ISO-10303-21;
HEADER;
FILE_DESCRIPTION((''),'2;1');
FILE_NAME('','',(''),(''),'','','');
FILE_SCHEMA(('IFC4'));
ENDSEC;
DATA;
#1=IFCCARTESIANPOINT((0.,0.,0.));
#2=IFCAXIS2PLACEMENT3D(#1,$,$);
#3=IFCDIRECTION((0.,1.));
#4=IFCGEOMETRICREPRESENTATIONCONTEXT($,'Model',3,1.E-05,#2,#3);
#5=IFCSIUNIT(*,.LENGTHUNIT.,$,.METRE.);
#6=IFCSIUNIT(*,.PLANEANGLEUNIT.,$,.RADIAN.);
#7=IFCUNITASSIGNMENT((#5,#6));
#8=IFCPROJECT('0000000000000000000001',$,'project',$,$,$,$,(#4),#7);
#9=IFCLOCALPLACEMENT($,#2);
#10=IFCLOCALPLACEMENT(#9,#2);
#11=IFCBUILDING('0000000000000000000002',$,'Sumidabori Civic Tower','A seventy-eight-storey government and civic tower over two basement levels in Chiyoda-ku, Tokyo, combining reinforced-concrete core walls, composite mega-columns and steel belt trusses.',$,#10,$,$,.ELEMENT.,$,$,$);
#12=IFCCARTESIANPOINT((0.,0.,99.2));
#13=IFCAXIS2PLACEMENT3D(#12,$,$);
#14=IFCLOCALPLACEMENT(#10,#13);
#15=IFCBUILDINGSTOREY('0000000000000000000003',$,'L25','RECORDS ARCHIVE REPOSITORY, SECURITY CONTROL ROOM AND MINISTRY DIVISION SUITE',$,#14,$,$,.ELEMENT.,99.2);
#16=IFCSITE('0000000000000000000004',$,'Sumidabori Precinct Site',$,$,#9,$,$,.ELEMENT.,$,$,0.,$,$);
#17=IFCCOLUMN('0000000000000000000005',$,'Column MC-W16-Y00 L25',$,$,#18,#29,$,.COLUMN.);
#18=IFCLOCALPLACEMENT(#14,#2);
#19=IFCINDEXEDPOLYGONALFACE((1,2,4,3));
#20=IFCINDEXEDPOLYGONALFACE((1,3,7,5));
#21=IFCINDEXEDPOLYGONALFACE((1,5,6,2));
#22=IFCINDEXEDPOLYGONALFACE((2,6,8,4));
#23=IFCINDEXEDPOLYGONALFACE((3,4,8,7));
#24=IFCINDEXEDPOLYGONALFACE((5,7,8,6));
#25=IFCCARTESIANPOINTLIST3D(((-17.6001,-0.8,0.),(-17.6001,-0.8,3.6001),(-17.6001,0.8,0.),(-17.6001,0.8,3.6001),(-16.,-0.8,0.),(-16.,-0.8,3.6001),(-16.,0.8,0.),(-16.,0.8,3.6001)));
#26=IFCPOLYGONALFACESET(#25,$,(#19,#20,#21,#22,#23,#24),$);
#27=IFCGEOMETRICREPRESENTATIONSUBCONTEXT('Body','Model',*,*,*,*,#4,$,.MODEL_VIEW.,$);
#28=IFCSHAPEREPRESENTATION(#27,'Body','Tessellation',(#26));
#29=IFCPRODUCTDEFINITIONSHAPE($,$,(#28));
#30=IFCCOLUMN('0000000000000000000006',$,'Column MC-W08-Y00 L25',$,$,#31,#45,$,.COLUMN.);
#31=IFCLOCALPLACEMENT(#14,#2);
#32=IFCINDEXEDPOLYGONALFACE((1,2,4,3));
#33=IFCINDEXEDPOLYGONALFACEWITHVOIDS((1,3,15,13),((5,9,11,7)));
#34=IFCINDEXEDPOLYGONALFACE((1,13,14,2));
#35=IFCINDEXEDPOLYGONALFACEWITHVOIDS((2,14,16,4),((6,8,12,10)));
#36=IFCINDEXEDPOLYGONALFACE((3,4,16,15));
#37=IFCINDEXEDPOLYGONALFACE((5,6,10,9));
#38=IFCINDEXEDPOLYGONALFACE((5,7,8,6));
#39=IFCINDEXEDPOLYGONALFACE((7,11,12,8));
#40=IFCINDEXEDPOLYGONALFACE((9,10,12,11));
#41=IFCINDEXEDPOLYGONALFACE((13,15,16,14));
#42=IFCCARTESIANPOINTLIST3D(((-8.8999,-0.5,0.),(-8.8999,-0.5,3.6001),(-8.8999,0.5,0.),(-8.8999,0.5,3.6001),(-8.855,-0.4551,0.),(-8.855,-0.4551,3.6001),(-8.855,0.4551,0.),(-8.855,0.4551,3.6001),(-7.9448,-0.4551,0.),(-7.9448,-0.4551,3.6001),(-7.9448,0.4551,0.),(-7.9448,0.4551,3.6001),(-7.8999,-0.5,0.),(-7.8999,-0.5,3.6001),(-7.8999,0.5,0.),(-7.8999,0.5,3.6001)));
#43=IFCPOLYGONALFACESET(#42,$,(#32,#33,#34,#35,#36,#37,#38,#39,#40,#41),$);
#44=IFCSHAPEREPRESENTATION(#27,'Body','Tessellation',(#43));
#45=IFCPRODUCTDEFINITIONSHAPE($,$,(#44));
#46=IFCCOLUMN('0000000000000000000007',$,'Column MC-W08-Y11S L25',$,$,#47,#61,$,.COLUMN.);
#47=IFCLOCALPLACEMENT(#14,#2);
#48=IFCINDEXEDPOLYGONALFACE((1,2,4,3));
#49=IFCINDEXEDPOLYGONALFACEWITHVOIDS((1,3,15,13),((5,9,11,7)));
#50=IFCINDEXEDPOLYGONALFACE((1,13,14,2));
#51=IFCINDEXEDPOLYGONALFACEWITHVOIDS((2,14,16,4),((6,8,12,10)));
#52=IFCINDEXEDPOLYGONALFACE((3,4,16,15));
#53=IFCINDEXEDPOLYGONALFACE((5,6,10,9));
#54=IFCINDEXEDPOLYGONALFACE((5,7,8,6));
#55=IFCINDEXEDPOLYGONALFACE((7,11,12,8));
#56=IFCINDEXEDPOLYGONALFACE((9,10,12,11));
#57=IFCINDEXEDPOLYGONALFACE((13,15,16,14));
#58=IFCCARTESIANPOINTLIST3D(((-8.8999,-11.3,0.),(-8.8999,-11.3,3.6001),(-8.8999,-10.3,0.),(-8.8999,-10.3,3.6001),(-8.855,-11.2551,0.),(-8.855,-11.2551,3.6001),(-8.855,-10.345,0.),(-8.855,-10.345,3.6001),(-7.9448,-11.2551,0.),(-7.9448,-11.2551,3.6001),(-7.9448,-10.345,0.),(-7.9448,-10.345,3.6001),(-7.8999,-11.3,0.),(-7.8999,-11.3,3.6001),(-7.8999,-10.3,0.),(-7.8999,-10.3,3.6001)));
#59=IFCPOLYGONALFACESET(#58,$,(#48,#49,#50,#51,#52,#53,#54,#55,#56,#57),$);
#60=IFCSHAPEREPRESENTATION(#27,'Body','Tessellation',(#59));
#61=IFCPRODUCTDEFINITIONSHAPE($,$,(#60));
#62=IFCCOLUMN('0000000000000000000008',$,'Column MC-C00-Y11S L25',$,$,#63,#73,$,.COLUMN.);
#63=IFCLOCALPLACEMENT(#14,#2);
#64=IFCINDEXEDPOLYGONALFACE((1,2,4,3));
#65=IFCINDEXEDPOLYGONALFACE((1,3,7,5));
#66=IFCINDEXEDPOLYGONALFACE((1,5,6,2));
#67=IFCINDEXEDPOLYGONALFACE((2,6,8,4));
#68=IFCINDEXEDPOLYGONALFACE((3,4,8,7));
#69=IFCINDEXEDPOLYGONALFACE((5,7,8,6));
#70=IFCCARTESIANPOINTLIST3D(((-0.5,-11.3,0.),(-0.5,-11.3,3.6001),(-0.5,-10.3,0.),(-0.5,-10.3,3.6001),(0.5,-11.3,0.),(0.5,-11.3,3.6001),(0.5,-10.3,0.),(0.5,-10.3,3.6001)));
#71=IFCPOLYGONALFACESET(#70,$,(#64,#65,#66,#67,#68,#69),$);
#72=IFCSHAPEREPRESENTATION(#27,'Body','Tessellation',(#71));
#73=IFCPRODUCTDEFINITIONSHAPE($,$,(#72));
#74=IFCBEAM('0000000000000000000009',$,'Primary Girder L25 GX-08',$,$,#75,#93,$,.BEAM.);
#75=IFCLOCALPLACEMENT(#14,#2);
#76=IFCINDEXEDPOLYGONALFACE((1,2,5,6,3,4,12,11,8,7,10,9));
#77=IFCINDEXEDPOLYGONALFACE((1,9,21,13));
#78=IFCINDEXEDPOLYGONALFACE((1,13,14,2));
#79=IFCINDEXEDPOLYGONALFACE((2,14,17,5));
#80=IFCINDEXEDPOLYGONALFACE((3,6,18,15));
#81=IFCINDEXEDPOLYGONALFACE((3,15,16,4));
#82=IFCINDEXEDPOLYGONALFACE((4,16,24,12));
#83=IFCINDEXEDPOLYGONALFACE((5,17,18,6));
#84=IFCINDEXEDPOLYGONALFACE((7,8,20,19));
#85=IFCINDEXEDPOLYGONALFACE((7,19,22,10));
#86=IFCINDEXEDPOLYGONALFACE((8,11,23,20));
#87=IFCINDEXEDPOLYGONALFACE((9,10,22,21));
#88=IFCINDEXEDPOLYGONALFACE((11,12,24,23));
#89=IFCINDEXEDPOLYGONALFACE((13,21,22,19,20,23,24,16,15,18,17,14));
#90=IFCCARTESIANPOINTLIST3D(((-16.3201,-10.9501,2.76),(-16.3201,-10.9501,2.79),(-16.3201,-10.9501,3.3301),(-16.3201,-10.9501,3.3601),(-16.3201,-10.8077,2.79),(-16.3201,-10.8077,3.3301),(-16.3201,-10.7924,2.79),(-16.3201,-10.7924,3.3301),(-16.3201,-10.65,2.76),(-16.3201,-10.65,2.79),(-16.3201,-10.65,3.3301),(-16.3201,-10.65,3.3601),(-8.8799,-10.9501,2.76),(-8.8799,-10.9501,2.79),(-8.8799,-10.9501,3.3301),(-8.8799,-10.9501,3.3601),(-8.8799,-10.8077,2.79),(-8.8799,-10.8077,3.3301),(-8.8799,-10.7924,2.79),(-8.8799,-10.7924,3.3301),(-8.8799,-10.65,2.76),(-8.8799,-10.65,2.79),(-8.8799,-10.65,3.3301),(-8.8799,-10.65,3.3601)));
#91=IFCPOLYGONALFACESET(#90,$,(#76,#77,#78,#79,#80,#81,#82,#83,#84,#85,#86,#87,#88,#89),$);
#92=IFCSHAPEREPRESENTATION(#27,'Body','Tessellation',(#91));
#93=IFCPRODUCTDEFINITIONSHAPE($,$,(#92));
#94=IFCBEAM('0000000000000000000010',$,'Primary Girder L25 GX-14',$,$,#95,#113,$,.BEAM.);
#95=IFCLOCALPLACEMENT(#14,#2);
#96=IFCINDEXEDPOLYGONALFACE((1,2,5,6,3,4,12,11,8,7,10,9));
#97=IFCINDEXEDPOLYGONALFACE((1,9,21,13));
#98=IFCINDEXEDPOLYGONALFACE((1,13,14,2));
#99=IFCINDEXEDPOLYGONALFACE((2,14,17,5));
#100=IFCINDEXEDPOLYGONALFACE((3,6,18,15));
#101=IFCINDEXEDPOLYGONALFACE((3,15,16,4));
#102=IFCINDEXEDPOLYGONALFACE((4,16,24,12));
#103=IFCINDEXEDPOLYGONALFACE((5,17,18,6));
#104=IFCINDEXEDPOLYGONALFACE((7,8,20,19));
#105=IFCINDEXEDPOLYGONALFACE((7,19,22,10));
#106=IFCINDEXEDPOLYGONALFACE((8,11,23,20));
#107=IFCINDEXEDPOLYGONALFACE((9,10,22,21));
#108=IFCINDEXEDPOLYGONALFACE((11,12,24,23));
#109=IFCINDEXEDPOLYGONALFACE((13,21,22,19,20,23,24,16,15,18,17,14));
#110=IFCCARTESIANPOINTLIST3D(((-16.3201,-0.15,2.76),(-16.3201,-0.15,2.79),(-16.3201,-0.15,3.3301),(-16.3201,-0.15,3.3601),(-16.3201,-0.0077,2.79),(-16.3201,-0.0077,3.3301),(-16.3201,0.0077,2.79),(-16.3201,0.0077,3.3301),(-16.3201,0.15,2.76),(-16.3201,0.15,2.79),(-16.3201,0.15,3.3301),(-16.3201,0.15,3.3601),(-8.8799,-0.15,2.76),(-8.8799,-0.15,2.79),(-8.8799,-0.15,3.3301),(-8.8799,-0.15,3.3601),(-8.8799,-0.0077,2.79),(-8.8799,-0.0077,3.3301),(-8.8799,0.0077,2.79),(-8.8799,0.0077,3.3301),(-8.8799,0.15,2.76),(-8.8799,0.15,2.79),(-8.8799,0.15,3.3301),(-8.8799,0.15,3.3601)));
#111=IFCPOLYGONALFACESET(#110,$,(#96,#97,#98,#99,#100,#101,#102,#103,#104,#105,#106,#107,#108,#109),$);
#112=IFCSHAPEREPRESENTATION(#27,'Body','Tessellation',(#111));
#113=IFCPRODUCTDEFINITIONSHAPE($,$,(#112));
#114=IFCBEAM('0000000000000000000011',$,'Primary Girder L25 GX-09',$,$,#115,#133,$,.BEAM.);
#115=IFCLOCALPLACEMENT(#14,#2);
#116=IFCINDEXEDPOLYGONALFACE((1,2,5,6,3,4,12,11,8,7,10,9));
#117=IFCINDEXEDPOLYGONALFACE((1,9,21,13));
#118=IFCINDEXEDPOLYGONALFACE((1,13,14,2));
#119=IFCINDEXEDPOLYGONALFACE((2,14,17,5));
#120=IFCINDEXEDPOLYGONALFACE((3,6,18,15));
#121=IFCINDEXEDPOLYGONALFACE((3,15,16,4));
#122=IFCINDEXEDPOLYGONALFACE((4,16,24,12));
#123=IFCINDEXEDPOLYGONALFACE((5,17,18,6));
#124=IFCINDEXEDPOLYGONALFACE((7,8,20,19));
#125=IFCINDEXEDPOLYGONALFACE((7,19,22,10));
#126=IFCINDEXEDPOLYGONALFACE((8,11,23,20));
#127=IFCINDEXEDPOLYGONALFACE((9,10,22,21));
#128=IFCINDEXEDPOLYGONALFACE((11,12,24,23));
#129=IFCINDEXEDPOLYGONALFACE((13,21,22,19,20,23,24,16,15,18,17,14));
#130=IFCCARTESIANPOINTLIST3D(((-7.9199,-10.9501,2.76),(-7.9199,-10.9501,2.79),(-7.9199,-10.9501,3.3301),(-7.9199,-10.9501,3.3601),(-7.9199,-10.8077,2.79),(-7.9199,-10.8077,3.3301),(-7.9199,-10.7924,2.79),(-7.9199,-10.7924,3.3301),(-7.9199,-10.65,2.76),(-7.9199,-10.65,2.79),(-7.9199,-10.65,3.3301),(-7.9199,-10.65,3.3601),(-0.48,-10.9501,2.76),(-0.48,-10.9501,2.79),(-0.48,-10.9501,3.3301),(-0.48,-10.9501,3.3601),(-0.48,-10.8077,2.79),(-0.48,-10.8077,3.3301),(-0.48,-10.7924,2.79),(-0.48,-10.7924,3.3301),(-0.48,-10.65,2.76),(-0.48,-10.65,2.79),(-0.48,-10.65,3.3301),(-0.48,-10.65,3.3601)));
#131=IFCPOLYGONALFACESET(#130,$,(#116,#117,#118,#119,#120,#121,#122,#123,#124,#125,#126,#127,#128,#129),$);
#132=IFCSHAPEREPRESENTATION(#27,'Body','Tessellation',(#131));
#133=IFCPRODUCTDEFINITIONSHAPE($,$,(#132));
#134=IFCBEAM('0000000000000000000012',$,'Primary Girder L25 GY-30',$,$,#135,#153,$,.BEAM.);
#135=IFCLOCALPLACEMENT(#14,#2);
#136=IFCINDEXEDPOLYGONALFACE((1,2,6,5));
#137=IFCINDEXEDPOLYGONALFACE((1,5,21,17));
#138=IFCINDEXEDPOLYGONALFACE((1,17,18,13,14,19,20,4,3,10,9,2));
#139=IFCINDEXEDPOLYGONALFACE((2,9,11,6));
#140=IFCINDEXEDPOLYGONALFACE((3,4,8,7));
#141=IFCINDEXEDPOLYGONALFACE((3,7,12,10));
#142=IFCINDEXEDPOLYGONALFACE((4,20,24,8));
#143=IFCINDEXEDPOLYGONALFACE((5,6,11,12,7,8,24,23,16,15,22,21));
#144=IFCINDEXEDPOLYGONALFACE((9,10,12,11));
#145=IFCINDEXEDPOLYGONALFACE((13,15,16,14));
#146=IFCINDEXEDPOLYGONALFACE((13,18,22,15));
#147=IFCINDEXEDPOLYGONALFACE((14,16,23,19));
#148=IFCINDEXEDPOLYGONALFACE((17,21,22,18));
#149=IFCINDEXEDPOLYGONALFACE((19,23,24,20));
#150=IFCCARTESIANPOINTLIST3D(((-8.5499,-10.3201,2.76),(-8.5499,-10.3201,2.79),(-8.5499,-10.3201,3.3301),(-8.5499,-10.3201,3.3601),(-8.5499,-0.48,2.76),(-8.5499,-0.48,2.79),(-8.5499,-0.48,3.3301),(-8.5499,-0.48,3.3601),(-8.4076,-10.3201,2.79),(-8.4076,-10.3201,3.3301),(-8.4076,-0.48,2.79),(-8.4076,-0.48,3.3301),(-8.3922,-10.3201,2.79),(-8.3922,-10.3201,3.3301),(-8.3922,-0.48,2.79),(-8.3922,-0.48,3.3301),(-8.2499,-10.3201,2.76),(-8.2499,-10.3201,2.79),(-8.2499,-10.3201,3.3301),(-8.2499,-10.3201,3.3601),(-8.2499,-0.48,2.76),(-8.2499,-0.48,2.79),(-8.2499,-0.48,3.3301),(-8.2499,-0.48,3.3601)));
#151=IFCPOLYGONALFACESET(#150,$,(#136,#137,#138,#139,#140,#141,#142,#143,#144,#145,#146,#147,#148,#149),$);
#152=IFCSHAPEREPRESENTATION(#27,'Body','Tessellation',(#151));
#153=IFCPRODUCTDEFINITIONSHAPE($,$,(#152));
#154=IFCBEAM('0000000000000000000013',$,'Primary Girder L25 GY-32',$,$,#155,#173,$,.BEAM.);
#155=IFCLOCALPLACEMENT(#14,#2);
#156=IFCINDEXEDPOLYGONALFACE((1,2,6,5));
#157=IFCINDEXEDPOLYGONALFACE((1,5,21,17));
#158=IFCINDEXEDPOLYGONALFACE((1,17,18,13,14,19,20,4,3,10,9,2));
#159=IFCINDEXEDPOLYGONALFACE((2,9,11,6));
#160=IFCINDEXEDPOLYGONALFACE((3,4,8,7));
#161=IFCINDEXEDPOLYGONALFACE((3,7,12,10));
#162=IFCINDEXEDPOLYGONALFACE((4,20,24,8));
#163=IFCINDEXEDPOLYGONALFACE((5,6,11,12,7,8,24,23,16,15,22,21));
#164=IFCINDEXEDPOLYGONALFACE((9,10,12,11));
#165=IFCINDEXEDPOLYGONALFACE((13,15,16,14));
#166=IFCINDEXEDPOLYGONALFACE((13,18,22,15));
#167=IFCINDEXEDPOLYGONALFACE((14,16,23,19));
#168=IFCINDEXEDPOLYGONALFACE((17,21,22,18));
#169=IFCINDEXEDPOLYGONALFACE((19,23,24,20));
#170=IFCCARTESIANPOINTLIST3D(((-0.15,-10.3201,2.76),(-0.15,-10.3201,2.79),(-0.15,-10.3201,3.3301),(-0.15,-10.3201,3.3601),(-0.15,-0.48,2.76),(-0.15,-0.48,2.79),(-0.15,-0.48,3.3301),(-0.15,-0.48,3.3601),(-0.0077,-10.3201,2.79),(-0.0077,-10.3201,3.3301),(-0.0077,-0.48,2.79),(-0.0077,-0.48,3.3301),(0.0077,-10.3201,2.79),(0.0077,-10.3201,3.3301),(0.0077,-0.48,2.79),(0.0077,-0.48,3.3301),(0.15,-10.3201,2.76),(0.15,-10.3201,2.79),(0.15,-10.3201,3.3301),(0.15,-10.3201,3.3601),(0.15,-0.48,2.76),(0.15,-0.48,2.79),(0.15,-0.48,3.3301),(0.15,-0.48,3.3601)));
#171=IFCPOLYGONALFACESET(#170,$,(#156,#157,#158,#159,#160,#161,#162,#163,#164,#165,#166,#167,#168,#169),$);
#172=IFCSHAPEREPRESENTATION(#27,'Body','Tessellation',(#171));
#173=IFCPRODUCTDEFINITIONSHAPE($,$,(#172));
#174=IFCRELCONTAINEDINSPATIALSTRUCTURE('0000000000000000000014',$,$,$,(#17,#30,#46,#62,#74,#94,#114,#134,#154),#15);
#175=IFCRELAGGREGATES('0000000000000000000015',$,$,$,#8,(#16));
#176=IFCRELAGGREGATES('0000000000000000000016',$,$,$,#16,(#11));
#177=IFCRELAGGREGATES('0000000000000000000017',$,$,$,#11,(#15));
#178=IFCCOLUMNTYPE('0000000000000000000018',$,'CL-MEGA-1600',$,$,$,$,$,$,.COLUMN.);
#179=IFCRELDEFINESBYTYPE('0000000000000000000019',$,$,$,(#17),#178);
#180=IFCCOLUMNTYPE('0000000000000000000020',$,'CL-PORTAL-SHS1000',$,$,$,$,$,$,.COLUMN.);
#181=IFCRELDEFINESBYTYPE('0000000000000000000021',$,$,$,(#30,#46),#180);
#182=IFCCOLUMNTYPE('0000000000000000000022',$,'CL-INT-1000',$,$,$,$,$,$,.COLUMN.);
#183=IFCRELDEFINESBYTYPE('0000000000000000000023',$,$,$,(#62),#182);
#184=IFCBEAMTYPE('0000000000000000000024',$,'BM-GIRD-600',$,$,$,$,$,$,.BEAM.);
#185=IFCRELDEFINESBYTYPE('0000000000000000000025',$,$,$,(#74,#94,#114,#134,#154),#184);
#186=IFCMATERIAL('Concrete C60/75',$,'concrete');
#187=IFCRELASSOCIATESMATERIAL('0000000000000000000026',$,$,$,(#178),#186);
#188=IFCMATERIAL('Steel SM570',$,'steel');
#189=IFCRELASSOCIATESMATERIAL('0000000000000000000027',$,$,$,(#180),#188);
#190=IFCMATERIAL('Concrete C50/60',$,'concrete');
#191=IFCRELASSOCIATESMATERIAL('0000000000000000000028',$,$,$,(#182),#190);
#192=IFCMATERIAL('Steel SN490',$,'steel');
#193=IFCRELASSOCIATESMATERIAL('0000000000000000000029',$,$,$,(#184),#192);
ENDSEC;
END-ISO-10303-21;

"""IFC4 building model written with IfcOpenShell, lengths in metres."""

from ifc_helpers import new_model, si_unit, direction, frame, origin, origin_2d, place, context, subcontext, project, spatial, rectangle, hollow_rectangle, i_section, extrude, source, transform, mapped, material, material_profile, profile_set, type_object, element, save


model = new_model("IFC4")

# Units and contexts
model_context = context("Model", 3, precision=1e-05, world=origin(), true_north=direction((0.0, 1.0)))
body_context = subcontext(model_context, "Body", "Model", "MODEL_VIEW")
ifc_project = project(units=[si_unit("LENGTHUNIT", "METRE"), si_unit("PLANEANGLEUNIT", "RADIAN")], contexts=[model_context])

# Site, building, storey
site_placement = place(None, origin())
site = spatial("IfcSite", under=ifc_project, at=site_placement, Name="Sumidabori Precinct Site", CompositionType="ELEMENT", RefElevation=0.0)
building_placement = place(site_placement, origin())
building = spatial("IfcBuilding", under=site, at=building_placement, Name="Sumidabori Civic Tower", Description="A seventy-eight-storey government and civic tower over two basement levels in Chiyoda-ku, Tokyo, combining reinforced-concrete core walls, composite mega-columns and steel belt trusses.", CompositionType="ELEMENT")
storey_placement = place(building_placement, frame((0.0, 0.0, 99.2)))
storey = spatial("IfcBuildingStorey", under=building, at=storey_placement, Name="L25", Description="RECORDS ARCHIVE REPOSITORY, SECURITY CONTROL ROOM AND MINISTRY DIVISION SUITE", CompositionType="ELEMENT", Elevation=99.2)

# Columns
ifc_material_1 = material(Name="Concrete C60/75", Category="concrete")
ifc_material_profile_1 = material_profile(ifc_material_1, rectangle(XDim=1.6001, YDim=1.6001, at=origin_2d()), Name="RC 1600x1600")
ifc_profile_set_1 = profile_set([ifc_material_profile_1], Name="Concrete C60/75")
column_type_1 = type_object("IfcColumnType", Name="CL-MEGA-1600", PredefinedType="COLUMN", material=ifc_profile_set_1)
shared_shape_1 = source(origin(), body_context, "Body", "SweptSolid", [
    extrude(rectangle(XDim=1.6001, YDim=1.6001, at=origin_2d()), origin(), (0.0, 0.0, 1.0), 3.6001),
])
column_1_placement = place(storey_placement, frame((-16.8, 0.0, 0.0), z_axis=(0.0, 0.0, 1.0), x_axis=(1.0, 0.0, 0.0)))
element("IfcColumn", 1, at=column_1_placement, inside=storey, type_object=column_type_1, Name="Column MC-W16-Y00 L25", PredefinedType="COLUMN", context=body_context, shape_type="MappedRepresentation", body=[
    mapped(shared_shape_1, transform((0.0, 0.0, 0.0), x_axis=(1.0, 0.0, 0.0), y_axis=(0.0, 1.0, 0.0), z_axis=(0.0, 0.0, 1.0), scale=1.0)),
])
ifc_material_2 = material(Name="Steel SM570", Category="steel")
ifc_material_profile_2 = material_profile(ifc_material_2, hollow_rectangle(XDim=1.0, YDim=1.0, WallThickness=0.0449, at=origin_2d()), Name="SHS 1000x1000x45")
ifc_profile_set_2 = profile_set([ifc_material_profile_2], Name="Steel SM570")
column_type_2 = type_object("IfcColumnType", Name="CL-PORTAL-SHS1000", PredefinedType="COLUMN", material=ifc_profile_set_2)
shared_shape_2 = source(origin(), body_context, "Body", "SweptSolid", [
    extrude(hollow_rectangle(XDim=1.0, YDim=1.0, WallThickness=0.0449, at=origin_2d()), origin(), (0.0, 0.0, 1.0), 3.6001),
])
for number, where, z_axis, x_axis, name in (
    (2, (-8.3999, 0.0, 0.0), (0.0, 0.0, 1.0), (1.0, 0.0, 0.0), "Column MC-W08-Y00 L25"),
    (3, (-8.3999, -10.8, 0.0), (0.0, 0.0, 1.0), (1.0, 0.0, 0.0), "Column MC-W08-Y11S L25"),
):
    element("IfcColumn", number, at=place(storey_placement, frame(where, z_axis=z_axis, x_axis=x_axis)), inside=storey, type_object=column_type_2, Name=name, PredefinedType="COLUMN", context=body_context, shape_type="MappedRepresentation", body=[
        mapped(shared_shape_2, transform((0.0, 0.0, 0.0), x_axis=(1.0, 0.0, 0.0), y_axis=(0.0, 1.0, 0.0), z_axis=(0.0, 0.0, 1.0), scale=1.0)),
    ])
ifc_material_3 = material(Name="Concrete C50/60", Category="concrete")
ifc_material_profile_3 = material_profile(ifc_material_3, rectangle(XDim=1.0, YDim=1.0, at=origin_2d()), Name="RC 1000x1000")
ifc_profile_set_3 = profile_set([ifc_material_profile_3], Name="Concrete C50/60")
column_type_3 = type_object("IfcColumnType", Name="CL-INT-1000", PredefinedType="COLUMN", material=ifc_profile_set_3)
shared_shape_3 = source(origin(), body_context, "Body", "SweptSolid", [
    extrude(rectangle(XDim=1.0, YDim=1.0, at=origin_2d()), origin(), (0.0, 0.0, 1.0), 3.6001),
])
column_2_placement = place(storey_placement, frame((0.0, -10.8, 0.0), z_axis=(0.0, 0.0, 1.0), x_axis=(1.0, 0.0, 0.0)))
element("IfcColumn", 4, at=column_2_placement, inside=storey, type_object=column_type_3, Name="Column MC-C00-Y11S L25", PredefinedType="COLUMN", context=body_context, shape_type="MappedRepresentation", body=[
    mapped(shared_shape_3, transform((0.0, 0.0, 0.0), x_axis=(1.0, 0.0, 0.0), y_axis=(0.0, 1.0, 0.0), z_axis=(0.0, 0.0, 1.0), scale=1.0)),
])

# Beams
ifc_material_4 = material(Name="Steel SN490", Category="steel")
ifc_material_profile_4 = material_profile(ifc_material_4, i_section(OverallWidth=0.3, OverallDepth=0.6001, WebThickness=0.0154, FlangeThickness=0.03, at=origin_2d()), Name="HE 600 B")
ifc_profile_set_4 = profile_set([ifc_material_profile_4], Name="Steel SN490")
beam_type_1 = type_object("IfcBeamType", Name="BM-GIRD-600", PredefinedType="BEAM", material=ifc_profile_set_4)
shared_shape_4 = source(origin(), body_context, "Body", "SweptSolid", [
    extrude(i_section(OverallWidth=0.3, OverallDepth=0.6001, WebThickness=0.0154, FlangeThickness=0.03, at=origin_2d()), origin(), (0.0, 0.0, 1.0), 7.4402),
])
for number, where, z_axis, x_axis, name in (
    (5, (-16.3201, -10.8, 3.0601), (1.0, 0.0, 0.0), (0.0, 1.0, 0.0), "Primary Girder L25 GX-08"),
    (6, (-16.3201, 0.0, 3.0601), (1.0, 0.0, 0.0), (0.0, 1.0, 0.0), "Primary Girder L25 GX-14"),
):
    element("IfcBeam", number, at=place(storey_placement, frame(where, z_axis=z_axis, x_axis=x_axis)), inside=storey, type_object=beam_type_1, Name=name, PredefinedType="BEAM", context=body_context, shape_type="MappedRepresentation", body=[
        mapped(shared_shape_4, transform((0.0, 0.0, 0.0), x_axis=(1.0, 0.0, 0.0), y_axis=(0.0, 1.0, 0.0), z_axis=(0.0, 0.0, 1.0), scale=1.0)),
    ])
shared_shape_5 = source(origin(), body_context, "Body", "SweptSolid", [
    extrude(i_section(OverallWidth=0.3, OverallDepth=0.6001, WebThickness=0.0154, FlangeThickness=0.03, at=origin_2d()), origin(), (0.0, 0.0, 1.0), 7.4399),
])
beam_placement = place(storey_placement, frame((-7.9199, -10.8, 3.0601), z_axis=(1.0, 0.0, 0.0), x_axis=(0.0, 1.0, 0.0)))
element("IfcBeam", 7, at=beam_placement, inside=storey, type_object=beam_type_1, Name="Primary Girder L25 GX-09", PredefinedType="BEAM", context=body_context, shape_type="MappedRepresentation", body=[
    mapped(shared_shape_5, transform((0.0, 0.0, 0.0), x_axis=(1.0, 0.0, 0.0), y_axis=(0.0, 1.0, 0.0), z_axis=(0.0, 0.0, 1.0), scale=1.0)),
])
shared_shape_6 = source(origin(), body_context, "Body", "SweptSolid", [
    extrude(i_section(OverallWidth=0.3, OverallDepth=0.6001, WebThickness=0.0154, FlangeThickness=0.03, at=origin_2d()), origin(), (0.0, 0.0, 1.0), 9.8401),
])
for number, where, z_axis, x_axis, name in (
    (8, (-8.3999, -10.3201, 3.0601), (0.0, 1.0, 0.0), (-1.0, 0.0, 0.0), "Primary Girder L25 GY-30"),
    (9, (0.0, -10.3201, 3.0601), (0.0, 1.0, 0.0), (-1.0, 0.0, 0.0), "Primary Girder L25 GY-32"),
):
    element("IfcBeam", number, at=place(storey_placement, frame(where, z_axis=z_axis, x_axis=x_axis)), inside=storey, type_object=beam_type_1, Name=name, PredefinedType="BEAM", context=body_context, shape_type="MappedRepresentation", body=[
        mapped(shared_shape_6, transform((0.0, 0.0, 0.0), x_axis=(1.0, 0.0, 0.0), y_axis=(0.0, 1.0, 0.0), z_axis=(0.0, 0.0, 1.0), scale=1.0)),
    ])

save(model, "model.ifc")
